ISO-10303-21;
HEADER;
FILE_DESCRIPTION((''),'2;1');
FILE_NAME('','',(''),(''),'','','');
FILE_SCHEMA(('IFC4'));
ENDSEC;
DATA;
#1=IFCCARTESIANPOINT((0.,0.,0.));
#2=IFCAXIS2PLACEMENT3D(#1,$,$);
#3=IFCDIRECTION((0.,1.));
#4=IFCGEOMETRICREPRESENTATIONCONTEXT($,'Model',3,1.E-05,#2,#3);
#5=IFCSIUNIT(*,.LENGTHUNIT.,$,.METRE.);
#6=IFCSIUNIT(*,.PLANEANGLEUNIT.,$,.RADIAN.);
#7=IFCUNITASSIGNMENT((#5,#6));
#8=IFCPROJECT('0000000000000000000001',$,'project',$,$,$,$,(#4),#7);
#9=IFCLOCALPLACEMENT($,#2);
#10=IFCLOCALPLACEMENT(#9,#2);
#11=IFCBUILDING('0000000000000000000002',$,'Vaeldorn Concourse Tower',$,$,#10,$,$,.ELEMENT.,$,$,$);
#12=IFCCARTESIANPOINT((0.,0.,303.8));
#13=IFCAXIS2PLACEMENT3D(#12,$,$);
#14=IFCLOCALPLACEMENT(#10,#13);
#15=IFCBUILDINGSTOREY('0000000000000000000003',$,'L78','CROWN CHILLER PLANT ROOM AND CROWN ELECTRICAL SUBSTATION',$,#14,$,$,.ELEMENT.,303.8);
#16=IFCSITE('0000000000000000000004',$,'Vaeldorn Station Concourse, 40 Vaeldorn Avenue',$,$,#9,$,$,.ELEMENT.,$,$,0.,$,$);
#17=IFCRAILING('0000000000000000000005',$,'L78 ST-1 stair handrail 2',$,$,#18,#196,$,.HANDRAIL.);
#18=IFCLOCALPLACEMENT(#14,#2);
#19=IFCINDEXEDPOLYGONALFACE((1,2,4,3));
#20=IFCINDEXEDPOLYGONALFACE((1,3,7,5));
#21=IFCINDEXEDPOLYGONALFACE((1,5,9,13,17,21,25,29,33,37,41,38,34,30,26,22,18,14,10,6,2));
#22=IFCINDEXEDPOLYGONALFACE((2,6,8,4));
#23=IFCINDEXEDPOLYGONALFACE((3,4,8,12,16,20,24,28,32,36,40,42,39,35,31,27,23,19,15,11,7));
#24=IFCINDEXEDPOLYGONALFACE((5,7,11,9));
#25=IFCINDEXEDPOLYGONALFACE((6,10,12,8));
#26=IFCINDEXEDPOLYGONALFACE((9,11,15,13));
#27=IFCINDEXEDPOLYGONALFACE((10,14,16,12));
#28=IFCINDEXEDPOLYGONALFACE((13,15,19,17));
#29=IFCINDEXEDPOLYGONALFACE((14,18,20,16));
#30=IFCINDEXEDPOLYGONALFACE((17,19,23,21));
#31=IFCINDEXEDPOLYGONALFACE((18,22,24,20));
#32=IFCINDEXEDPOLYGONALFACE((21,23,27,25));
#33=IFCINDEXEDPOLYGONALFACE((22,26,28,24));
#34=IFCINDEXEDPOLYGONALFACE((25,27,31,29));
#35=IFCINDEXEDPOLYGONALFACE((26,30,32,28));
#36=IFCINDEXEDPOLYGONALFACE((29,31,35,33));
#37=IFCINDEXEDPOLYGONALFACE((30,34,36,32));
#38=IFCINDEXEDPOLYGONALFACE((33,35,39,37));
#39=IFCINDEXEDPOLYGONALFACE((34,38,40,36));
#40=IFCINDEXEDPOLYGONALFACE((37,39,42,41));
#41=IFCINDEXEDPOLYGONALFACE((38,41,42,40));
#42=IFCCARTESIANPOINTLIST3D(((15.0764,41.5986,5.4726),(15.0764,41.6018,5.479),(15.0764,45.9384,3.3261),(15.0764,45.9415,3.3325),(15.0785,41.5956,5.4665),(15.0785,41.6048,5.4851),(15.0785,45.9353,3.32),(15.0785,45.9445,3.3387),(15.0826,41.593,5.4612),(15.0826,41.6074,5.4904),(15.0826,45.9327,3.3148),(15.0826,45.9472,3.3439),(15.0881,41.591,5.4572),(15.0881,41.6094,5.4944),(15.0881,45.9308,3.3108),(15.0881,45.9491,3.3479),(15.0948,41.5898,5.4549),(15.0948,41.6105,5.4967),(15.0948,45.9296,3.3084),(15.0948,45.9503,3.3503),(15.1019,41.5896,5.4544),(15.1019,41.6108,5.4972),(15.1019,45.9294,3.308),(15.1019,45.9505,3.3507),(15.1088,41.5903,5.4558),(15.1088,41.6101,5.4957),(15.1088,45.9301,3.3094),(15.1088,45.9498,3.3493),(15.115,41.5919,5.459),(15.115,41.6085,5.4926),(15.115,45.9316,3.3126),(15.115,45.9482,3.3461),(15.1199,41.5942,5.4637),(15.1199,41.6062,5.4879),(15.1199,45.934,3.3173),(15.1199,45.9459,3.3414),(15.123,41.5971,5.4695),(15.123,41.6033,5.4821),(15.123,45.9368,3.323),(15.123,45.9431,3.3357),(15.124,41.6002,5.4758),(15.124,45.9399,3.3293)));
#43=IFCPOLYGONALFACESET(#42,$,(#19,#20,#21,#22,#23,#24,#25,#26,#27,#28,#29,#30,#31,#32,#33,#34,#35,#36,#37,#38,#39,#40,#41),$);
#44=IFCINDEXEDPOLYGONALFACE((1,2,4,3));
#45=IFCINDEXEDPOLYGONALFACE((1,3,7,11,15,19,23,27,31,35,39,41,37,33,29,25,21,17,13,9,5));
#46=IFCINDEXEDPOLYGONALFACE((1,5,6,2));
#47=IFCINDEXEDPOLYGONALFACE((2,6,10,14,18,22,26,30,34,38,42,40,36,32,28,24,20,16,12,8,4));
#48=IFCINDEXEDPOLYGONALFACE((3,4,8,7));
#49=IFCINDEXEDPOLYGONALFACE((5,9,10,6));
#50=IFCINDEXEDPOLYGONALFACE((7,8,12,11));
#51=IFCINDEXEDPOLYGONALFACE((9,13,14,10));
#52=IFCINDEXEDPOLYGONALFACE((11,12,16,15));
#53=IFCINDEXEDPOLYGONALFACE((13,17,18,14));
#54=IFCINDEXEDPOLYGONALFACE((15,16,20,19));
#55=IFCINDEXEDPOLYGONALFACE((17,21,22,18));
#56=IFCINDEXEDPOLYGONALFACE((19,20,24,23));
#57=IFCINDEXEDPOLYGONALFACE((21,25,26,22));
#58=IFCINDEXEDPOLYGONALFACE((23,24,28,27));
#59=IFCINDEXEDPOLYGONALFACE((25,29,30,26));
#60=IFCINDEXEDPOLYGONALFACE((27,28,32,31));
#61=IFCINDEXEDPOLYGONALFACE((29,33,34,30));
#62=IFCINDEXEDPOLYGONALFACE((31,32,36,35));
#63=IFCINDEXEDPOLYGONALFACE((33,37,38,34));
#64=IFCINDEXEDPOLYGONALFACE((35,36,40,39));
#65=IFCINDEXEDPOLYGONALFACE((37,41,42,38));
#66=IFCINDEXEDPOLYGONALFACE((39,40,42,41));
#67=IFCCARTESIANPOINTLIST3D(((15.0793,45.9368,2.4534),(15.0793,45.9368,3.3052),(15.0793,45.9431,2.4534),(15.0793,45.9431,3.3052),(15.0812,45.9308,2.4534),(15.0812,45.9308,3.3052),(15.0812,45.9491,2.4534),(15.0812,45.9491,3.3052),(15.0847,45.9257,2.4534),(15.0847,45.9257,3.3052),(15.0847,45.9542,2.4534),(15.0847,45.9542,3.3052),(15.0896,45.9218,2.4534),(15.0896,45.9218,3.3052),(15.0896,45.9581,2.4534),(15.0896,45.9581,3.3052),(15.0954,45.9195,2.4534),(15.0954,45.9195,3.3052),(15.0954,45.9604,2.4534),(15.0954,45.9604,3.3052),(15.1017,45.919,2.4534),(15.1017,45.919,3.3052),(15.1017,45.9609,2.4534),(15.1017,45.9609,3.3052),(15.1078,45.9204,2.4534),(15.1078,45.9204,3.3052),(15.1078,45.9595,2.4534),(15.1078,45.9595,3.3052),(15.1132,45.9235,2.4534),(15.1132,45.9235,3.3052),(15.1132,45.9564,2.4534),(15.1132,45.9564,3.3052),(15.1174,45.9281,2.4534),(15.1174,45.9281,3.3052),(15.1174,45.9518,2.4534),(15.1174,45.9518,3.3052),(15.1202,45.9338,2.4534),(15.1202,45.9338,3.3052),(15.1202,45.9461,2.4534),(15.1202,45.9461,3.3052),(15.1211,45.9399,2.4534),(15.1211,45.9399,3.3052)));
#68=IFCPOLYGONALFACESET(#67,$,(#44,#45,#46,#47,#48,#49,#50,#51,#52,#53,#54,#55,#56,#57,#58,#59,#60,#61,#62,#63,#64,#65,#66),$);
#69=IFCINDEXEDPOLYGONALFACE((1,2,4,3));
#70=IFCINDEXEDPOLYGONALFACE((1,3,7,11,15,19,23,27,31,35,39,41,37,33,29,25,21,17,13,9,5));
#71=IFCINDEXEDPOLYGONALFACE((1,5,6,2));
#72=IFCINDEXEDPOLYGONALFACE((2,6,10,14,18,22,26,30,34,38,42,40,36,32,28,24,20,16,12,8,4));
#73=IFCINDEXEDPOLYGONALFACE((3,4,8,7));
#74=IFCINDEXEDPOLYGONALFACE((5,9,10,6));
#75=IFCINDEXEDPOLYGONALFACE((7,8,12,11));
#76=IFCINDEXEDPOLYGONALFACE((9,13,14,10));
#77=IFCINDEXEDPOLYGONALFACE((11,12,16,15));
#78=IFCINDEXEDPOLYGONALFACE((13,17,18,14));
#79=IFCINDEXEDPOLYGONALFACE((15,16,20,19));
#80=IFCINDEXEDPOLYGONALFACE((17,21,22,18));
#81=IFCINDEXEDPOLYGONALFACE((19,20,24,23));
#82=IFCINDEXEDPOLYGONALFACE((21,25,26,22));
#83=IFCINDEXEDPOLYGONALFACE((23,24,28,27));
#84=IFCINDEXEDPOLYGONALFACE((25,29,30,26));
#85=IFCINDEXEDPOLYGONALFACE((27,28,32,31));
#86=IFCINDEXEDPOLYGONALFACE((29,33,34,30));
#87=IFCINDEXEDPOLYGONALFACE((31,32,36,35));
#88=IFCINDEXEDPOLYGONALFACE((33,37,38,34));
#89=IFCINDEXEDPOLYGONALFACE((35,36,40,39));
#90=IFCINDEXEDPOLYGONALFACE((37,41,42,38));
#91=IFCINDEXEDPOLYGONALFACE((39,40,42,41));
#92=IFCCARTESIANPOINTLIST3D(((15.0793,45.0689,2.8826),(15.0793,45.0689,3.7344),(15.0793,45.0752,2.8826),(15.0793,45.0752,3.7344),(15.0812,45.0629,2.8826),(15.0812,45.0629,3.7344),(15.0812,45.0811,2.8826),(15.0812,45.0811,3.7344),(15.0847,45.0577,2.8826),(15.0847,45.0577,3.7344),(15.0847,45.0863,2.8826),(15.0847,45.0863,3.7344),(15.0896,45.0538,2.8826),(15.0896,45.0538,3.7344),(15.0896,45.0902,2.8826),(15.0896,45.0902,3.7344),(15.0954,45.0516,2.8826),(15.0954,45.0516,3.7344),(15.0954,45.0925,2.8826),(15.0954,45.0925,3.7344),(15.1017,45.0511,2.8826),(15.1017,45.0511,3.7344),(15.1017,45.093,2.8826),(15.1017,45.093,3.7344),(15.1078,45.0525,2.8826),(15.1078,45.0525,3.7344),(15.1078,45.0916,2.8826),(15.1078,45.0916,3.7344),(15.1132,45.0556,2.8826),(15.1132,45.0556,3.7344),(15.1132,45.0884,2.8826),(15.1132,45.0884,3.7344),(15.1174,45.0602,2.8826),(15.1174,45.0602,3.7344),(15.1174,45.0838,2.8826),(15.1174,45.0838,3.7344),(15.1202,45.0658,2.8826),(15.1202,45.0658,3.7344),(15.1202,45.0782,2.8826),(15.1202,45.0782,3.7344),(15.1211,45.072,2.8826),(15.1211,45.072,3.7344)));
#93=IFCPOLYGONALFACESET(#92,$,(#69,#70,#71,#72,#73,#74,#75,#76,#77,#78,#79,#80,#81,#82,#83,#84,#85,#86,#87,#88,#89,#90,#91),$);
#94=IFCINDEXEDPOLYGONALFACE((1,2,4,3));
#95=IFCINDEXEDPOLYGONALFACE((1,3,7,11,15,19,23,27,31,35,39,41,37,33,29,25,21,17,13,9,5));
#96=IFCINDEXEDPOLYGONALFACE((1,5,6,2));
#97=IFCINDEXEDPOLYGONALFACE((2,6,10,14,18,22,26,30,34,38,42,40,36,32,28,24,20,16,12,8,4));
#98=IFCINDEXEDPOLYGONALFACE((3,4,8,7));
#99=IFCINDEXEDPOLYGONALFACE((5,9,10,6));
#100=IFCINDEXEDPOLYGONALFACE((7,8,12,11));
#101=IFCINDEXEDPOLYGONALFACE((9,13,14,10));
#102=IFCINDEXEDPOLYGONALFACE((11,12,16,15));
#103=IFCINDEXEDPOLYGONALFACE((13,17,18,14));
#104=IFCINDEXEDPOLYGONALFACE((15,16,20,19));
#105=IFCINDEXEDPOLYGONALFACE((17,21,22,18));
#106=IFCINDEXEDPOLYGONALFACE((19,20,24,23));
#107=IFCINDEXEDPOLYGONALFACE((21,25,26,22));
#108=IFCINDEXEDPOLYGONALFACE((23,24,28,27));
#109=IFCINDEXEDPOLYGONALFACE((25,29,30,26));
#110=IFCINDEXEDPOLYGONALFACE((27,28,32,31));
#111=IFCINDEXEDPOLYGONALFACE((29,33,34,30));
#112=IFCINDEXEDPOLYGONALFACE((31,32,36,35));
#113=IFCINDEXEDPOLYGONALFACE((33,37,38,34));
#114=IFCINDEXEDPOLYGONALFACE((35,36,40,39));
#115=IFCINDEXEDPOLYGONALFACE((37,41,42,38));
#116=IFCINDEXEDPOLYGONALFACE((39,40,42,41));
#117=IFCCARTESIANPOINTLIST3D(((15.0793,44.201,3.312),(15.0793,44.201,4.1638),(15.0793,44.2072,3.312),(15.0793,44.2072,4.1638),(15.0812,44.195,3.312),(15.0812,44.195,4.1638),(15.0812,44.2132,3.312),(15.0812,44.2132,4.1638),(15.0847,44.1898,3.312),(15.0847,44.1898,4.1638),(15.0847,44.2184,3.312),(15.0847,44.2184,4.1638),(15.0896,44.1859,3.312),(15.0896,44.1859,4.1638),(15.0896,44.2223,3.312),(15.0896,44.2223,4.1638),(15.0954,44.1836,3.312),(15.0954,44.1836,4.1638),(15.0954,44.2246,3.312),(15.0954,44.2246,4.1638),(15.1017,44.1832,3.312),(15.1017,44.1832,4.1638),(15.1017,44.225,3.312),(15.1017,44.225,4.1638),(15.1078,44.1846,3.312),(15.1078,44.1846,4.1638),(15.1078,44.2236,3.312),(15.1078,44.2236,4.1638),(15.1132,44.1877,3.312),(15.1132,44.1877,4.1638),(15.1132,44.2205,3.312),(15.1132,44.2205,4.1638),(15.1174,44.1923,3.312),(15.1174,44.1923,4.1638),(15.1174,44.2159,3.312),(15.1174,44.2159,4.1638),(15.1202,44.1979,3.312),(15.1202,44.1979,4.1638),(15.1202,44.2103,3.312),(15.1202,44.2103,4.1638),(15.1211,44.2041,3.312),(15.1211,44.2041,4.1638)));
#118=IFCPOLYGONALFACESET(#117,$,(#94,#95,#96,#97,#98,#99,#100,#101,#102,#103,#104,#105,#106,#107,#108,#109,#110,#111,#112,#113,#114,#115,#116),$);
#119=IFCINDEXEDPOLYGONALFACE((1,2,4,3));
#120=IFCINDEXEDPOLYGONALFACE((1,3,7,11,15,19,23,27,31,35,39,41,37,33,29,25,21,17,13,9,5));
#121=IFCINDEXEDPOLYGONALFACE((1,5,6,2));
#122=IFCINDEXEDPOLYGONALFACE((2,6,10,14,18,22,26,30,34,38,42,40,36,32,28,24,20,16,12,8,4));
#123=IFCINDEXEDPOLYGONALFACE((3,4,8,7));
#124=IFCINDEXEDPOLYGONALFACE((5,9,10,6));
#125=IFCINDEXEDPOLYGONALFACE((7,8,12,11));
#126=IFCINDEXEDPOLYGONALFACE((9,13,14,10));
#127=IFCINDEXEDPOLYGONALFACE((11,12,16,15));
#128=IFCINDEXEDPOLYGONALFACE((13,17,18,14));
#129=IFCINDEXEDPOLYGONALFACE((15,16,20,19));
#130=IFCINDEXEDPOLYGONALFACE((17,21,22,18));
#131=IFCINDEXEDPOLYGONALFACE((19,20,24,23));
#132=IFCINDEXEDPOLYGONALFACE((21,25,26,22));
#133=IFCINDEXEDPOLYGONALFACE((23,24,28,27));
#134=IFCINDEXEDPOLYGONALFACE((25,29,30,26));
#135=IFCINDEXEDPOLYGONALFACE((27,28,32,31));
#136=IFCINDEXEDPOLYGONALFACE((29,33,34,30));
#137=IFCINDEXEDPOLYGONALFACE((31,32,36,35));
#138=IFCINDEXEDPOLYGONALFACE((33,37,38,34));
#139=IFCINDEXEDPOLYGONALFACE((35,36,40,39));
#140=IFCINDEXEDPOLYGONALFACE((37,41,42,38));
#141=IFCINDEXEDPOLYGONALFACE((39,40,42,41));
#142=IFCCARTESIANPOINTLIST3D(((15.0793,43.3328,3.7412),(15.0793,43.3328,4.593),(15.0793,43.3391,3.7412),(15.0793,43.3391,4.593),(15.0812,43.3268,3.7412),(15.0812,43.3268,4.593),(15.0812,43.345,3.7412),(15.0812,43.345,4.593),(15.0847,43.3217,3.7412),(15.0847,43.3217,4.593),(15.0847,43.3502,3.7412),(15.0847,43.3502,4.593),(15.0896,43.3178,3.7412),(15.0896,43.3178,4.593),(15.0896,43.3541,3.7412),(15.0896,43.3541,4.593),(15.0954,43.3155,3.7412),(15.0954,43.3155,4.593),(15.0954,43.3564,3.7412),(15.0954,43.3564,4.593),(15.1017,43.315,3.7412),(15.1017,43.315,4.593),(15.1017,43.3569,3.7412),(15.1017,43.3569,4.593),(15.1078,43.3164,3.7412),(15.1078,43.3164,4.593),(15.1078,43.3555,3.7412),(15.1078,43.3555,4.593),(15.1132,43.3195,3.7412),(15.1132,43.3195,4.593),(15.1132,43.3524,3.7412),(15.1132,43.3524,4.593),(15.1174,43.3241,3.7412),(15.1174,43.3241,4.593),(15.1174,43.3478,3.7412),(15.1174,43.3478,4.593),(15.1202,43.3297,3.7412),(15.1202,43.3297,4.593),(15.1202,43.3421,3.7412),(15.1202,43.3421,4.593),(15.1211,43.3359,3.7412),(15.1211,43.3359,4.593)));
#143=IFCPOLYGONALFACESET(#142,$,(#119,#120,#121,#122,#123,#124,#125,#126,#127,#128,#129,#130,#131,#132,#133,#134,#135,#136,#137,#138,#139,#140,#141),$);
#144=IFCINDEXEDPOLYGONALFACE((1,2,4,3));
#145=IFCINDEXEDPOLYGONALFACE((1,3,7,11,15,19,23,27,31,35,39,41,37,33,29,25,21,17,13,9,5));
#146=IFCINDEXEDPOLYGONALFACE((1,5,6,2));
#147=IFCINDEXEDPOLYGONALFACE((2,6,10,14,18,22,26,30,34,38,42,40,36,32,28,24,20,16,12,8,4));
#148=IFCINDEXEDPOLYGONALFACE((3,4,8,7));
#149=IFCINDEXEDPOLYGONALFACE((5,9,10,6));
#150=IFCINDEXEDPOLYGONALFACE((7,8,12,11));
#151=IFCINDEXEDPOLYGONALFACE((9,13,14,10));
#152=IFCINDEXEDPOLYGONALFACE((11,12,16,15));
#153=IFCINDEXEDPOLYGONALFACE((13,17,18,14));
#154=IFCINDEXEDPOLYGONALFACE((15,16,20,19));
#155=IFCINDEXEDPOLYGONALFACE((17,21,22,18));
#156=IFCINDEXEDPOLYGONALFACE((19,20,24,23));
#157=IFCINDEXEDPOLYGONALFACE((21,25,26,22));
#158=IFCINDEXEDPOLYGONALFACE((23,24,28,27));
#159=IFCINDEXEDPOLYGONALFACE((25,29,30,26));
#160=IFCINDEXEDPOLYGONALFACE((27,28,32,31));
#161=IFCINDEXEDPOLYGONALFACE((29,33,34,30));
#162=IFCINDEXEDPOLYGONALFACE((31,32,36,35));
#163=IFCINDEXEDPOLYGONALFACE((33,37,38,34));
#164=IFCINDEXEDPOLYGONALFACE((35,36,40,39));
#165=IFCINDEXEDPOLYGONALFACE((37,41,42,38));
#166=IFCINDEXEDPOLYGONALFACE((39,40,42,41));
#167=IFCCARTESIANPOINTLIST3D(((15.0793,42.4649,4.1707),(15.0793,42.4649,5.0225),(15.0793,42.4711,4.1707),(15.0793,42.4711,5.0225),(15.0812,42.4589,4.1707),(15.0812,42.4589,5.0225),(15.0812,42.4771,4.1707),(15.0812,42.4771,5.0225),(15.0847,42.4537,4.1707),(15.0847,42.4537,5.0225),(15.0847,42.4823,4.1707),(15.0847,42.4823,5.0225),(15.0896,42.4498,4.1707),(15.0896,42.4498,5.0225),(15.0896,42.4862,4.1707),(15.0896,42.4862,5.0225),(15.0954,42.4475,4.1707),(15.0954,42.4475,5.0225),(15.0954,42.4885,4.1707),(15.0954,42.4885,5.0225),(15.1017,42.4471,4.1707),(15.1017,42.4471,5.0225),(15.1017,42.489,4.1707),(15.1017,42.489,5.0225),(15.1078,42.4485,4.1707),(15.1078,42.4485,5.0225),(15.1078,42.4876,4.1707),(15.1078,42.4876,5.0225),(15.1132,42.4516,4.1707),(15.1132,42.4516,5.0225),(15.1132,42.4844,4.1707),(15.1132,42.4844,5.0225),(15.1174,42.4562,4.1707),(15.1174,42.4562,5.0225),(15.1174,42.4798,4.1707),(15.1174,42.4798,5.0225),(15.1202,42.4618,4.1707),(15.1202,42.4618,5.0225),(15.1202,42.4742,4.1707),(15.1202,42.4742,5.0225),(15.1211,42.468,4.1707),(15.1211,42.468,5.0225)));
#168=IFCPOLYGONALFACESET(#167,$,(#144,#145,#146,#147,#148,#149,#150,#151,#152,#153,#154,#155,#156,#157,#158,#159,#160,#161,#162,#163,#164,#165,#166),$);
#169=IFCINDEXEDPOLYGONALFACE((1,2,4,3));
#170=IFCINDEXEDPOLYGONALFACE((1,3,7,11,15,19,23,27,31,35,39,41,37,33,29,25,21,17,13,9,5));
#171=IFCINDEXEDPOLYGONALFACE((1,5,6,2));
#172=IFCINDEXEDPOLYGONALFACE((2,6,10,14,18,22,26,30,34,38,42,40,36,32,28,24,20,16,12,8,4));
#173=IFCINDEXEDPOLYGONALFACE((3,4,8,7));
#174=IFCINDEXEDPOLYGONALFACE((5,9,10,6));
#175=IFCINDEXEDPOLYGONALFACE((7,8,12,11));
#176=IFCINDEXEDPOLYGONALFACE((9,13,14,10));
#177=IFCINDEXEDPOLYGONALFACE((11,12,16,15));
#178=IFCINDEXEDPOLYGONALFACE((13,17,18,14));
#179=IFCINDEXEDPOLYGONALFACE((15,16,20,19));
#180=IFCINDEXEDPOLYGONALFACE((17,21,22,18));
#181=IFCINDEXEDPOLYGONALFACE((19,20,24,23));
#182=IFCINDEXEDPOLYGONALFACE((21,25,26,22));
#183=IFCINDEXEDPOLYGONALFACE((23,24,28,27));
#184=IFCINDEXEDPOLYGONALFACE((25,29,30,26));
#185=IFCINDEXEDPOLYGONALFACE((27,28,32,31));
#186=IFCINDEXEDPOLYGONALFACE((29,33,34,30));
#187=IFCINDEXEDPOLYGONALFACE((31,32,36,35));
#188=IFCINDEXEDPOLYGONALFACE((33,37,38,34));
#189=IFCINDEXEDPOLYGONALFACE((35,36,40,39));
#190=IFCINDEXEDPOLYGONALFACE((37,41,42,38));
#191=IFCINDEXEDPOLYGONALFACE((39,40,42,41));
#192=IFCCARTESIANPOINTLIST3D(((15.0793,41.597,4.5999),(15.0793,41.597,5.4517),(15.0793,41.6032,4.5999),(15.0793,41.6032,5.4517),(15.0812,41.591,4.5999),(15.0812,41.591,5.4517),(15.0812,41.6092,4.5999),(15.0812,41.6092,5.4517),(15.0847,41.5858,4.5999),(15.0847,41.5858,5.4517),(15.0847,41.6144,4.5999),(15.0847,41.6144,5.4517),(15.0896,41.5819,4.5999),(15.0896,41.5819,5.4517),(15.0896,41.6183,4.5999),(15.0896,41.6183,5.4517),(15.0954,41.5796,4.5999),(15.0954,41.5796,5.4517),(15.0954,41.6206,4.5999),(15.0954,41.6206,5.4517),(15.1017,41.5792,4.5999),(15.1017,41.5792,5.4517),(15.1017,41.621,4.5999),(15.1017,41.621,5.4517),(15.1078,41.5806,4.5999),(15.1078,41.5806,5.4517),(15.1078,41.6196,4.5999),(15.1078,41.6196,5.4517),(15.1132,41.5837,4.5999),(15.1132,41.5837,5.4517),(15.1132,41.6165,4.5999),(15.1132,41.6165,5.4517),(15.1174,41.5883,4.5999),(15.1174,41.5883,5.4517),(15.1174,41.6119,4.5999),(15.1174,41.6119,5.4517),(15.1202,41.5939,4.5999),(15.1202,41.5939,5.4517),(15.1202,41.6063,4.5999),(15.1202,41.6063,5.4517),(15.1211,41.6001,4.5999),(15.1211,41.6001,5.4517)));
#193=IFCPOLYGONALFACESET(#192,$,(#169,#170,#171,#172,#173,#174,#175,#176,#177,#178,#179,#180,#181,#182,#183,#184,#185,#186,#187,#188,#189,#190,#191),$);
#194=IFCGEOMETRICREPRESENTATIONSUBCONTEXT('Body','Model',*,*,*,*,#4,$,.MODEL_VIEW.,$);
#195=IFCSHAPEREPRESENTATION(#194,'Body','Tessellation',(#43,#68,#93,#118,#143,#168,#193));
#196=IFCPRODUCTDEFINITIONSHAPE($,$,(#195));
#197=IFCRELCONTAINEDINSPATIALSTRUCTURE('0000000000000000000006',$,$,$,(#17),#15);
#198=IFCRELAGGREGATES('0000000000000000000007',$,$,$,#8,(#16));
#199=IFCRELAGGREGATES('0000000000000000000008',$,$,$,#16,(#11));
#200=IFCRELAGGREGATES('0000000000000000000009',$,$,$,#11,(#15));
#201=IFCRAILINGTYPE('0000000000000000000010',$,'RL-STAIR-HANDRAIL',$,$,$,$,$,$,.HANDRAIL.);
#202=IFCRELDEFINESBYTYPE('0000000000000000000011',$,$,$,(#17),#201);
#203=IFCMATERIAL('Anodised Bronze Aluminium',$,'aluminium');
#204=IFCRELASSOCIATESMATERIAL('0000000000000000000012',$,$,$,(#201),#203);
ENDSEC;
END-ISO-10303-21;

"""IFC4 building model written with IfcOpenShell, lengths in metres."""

from ifc_helpers import new_model, si_unit, direction, frame, origin, origin_2d, place, context, subcontext, project, spatial, circle, extrude, material, type_object, element, save


model = new_model("IFC4")

# Units and contexts
model_context = context("Model", 3, precision=1e-05, world=origin(), true_north=direction((0.0, 1.0)))
body_context = subcontext(model_context, "Body", "Model", "MODEL_VIEW")
ifc_project = project(units=[si_unit("LENGTHUNIT", "METRE"), si_unit("PLANEANGLEUNIT", "RADIAN")], contexts=[model_context])

# Site, building, storey
site_placement = place(None, origin())
site = spatial("IfcSite", under=ifc_project, at=site_placement, Name="Vaeldorn Station Concourse, 40 Vaeldorn Avenue", CompositionType="ELEMENT", RefElevation=0.0)
building_placement = place(site_placement, origin())
building = spatial("IfcBuilding", under=site, at=building_placement, Name="Vaeldorn Concourse Tower", CompositionType="ELEMENT")
storey_placement = place(building_placement, frame((0.0, 0.0, 303.8)))
storey = spatial("IfcBuildingStorey", under=building, at=storey_placement, Name="L78", Description="CROWN CHILLER PLANT ROOM AND CROWN ELECTRICAL SUBSTATION", CompositionType="ELEMENT", Elevation=303.8)

# Shared definitions
ifc_material_1 = material(Name="Anodised Bronze Aluminium", Category="aluminium")

# Railing
railing_type_1 = type_object("IfcRailingType", Name="RL-STAIR-HANDRAIL", PredefinedType="HANDRAIL", material=ifc_material_1)
railing_1_placement = place(storey_placement, frame((15.1001, 45.9399, 2.4534)))
element("IfcRailing", 1, at=railing_1_placement, inside=storey, type_object=railing_type_1, Name="L78 ST-1 stair handrail 2", PredefinedType="HANDRAIL", context=body_context, shape_type="SweptSolid", body=[
    extrude(circle(Radius=0.0239, at=origin_2d()), frame((0.0, 0.0, 0.876), z_axis=(0.0, -0.896355, 0.443337), x_axis=(1.0, 0.0, 0.0)), (0.0, 0.0, 1.0), 4.8416),
    extrude(circle(Radius=0.021, at=origin_2d()), origin(), (0.0, 0.0, 1.0), 0.8518),
    extrude(circle(Radius=0.021, at=origin_2d()), frame((0.0, -0.8679, 0.4292)), (0.0, 0.0, 1.0), 0.8518),
    extrude(circle(Radius=0.021, at=origin_2d()), frame((0.0, -1.7358, 0.8586)), (0.0, 0.0, 1.0), 0.8518),
    extrude(circle(Radius=0.021, at=origin_2d()), frame((0.0, -2.604, 1.2878)), (0.0, 0.0, 1.0), 0.8518),
    extrude(circle(Radius=0.021, at=origin_2d()), frame((0.0, -3.4719, 1.7173)), (0.0, 0.0, 1.0), 0.8518),
    extrude(circle(Radius=0.021, at=origin_2d()), frame((0.0, -4.3398, 2.1465)), (0.0, 0.0, 1.0), 0.8518),
])

save(model, "model.ifc")
